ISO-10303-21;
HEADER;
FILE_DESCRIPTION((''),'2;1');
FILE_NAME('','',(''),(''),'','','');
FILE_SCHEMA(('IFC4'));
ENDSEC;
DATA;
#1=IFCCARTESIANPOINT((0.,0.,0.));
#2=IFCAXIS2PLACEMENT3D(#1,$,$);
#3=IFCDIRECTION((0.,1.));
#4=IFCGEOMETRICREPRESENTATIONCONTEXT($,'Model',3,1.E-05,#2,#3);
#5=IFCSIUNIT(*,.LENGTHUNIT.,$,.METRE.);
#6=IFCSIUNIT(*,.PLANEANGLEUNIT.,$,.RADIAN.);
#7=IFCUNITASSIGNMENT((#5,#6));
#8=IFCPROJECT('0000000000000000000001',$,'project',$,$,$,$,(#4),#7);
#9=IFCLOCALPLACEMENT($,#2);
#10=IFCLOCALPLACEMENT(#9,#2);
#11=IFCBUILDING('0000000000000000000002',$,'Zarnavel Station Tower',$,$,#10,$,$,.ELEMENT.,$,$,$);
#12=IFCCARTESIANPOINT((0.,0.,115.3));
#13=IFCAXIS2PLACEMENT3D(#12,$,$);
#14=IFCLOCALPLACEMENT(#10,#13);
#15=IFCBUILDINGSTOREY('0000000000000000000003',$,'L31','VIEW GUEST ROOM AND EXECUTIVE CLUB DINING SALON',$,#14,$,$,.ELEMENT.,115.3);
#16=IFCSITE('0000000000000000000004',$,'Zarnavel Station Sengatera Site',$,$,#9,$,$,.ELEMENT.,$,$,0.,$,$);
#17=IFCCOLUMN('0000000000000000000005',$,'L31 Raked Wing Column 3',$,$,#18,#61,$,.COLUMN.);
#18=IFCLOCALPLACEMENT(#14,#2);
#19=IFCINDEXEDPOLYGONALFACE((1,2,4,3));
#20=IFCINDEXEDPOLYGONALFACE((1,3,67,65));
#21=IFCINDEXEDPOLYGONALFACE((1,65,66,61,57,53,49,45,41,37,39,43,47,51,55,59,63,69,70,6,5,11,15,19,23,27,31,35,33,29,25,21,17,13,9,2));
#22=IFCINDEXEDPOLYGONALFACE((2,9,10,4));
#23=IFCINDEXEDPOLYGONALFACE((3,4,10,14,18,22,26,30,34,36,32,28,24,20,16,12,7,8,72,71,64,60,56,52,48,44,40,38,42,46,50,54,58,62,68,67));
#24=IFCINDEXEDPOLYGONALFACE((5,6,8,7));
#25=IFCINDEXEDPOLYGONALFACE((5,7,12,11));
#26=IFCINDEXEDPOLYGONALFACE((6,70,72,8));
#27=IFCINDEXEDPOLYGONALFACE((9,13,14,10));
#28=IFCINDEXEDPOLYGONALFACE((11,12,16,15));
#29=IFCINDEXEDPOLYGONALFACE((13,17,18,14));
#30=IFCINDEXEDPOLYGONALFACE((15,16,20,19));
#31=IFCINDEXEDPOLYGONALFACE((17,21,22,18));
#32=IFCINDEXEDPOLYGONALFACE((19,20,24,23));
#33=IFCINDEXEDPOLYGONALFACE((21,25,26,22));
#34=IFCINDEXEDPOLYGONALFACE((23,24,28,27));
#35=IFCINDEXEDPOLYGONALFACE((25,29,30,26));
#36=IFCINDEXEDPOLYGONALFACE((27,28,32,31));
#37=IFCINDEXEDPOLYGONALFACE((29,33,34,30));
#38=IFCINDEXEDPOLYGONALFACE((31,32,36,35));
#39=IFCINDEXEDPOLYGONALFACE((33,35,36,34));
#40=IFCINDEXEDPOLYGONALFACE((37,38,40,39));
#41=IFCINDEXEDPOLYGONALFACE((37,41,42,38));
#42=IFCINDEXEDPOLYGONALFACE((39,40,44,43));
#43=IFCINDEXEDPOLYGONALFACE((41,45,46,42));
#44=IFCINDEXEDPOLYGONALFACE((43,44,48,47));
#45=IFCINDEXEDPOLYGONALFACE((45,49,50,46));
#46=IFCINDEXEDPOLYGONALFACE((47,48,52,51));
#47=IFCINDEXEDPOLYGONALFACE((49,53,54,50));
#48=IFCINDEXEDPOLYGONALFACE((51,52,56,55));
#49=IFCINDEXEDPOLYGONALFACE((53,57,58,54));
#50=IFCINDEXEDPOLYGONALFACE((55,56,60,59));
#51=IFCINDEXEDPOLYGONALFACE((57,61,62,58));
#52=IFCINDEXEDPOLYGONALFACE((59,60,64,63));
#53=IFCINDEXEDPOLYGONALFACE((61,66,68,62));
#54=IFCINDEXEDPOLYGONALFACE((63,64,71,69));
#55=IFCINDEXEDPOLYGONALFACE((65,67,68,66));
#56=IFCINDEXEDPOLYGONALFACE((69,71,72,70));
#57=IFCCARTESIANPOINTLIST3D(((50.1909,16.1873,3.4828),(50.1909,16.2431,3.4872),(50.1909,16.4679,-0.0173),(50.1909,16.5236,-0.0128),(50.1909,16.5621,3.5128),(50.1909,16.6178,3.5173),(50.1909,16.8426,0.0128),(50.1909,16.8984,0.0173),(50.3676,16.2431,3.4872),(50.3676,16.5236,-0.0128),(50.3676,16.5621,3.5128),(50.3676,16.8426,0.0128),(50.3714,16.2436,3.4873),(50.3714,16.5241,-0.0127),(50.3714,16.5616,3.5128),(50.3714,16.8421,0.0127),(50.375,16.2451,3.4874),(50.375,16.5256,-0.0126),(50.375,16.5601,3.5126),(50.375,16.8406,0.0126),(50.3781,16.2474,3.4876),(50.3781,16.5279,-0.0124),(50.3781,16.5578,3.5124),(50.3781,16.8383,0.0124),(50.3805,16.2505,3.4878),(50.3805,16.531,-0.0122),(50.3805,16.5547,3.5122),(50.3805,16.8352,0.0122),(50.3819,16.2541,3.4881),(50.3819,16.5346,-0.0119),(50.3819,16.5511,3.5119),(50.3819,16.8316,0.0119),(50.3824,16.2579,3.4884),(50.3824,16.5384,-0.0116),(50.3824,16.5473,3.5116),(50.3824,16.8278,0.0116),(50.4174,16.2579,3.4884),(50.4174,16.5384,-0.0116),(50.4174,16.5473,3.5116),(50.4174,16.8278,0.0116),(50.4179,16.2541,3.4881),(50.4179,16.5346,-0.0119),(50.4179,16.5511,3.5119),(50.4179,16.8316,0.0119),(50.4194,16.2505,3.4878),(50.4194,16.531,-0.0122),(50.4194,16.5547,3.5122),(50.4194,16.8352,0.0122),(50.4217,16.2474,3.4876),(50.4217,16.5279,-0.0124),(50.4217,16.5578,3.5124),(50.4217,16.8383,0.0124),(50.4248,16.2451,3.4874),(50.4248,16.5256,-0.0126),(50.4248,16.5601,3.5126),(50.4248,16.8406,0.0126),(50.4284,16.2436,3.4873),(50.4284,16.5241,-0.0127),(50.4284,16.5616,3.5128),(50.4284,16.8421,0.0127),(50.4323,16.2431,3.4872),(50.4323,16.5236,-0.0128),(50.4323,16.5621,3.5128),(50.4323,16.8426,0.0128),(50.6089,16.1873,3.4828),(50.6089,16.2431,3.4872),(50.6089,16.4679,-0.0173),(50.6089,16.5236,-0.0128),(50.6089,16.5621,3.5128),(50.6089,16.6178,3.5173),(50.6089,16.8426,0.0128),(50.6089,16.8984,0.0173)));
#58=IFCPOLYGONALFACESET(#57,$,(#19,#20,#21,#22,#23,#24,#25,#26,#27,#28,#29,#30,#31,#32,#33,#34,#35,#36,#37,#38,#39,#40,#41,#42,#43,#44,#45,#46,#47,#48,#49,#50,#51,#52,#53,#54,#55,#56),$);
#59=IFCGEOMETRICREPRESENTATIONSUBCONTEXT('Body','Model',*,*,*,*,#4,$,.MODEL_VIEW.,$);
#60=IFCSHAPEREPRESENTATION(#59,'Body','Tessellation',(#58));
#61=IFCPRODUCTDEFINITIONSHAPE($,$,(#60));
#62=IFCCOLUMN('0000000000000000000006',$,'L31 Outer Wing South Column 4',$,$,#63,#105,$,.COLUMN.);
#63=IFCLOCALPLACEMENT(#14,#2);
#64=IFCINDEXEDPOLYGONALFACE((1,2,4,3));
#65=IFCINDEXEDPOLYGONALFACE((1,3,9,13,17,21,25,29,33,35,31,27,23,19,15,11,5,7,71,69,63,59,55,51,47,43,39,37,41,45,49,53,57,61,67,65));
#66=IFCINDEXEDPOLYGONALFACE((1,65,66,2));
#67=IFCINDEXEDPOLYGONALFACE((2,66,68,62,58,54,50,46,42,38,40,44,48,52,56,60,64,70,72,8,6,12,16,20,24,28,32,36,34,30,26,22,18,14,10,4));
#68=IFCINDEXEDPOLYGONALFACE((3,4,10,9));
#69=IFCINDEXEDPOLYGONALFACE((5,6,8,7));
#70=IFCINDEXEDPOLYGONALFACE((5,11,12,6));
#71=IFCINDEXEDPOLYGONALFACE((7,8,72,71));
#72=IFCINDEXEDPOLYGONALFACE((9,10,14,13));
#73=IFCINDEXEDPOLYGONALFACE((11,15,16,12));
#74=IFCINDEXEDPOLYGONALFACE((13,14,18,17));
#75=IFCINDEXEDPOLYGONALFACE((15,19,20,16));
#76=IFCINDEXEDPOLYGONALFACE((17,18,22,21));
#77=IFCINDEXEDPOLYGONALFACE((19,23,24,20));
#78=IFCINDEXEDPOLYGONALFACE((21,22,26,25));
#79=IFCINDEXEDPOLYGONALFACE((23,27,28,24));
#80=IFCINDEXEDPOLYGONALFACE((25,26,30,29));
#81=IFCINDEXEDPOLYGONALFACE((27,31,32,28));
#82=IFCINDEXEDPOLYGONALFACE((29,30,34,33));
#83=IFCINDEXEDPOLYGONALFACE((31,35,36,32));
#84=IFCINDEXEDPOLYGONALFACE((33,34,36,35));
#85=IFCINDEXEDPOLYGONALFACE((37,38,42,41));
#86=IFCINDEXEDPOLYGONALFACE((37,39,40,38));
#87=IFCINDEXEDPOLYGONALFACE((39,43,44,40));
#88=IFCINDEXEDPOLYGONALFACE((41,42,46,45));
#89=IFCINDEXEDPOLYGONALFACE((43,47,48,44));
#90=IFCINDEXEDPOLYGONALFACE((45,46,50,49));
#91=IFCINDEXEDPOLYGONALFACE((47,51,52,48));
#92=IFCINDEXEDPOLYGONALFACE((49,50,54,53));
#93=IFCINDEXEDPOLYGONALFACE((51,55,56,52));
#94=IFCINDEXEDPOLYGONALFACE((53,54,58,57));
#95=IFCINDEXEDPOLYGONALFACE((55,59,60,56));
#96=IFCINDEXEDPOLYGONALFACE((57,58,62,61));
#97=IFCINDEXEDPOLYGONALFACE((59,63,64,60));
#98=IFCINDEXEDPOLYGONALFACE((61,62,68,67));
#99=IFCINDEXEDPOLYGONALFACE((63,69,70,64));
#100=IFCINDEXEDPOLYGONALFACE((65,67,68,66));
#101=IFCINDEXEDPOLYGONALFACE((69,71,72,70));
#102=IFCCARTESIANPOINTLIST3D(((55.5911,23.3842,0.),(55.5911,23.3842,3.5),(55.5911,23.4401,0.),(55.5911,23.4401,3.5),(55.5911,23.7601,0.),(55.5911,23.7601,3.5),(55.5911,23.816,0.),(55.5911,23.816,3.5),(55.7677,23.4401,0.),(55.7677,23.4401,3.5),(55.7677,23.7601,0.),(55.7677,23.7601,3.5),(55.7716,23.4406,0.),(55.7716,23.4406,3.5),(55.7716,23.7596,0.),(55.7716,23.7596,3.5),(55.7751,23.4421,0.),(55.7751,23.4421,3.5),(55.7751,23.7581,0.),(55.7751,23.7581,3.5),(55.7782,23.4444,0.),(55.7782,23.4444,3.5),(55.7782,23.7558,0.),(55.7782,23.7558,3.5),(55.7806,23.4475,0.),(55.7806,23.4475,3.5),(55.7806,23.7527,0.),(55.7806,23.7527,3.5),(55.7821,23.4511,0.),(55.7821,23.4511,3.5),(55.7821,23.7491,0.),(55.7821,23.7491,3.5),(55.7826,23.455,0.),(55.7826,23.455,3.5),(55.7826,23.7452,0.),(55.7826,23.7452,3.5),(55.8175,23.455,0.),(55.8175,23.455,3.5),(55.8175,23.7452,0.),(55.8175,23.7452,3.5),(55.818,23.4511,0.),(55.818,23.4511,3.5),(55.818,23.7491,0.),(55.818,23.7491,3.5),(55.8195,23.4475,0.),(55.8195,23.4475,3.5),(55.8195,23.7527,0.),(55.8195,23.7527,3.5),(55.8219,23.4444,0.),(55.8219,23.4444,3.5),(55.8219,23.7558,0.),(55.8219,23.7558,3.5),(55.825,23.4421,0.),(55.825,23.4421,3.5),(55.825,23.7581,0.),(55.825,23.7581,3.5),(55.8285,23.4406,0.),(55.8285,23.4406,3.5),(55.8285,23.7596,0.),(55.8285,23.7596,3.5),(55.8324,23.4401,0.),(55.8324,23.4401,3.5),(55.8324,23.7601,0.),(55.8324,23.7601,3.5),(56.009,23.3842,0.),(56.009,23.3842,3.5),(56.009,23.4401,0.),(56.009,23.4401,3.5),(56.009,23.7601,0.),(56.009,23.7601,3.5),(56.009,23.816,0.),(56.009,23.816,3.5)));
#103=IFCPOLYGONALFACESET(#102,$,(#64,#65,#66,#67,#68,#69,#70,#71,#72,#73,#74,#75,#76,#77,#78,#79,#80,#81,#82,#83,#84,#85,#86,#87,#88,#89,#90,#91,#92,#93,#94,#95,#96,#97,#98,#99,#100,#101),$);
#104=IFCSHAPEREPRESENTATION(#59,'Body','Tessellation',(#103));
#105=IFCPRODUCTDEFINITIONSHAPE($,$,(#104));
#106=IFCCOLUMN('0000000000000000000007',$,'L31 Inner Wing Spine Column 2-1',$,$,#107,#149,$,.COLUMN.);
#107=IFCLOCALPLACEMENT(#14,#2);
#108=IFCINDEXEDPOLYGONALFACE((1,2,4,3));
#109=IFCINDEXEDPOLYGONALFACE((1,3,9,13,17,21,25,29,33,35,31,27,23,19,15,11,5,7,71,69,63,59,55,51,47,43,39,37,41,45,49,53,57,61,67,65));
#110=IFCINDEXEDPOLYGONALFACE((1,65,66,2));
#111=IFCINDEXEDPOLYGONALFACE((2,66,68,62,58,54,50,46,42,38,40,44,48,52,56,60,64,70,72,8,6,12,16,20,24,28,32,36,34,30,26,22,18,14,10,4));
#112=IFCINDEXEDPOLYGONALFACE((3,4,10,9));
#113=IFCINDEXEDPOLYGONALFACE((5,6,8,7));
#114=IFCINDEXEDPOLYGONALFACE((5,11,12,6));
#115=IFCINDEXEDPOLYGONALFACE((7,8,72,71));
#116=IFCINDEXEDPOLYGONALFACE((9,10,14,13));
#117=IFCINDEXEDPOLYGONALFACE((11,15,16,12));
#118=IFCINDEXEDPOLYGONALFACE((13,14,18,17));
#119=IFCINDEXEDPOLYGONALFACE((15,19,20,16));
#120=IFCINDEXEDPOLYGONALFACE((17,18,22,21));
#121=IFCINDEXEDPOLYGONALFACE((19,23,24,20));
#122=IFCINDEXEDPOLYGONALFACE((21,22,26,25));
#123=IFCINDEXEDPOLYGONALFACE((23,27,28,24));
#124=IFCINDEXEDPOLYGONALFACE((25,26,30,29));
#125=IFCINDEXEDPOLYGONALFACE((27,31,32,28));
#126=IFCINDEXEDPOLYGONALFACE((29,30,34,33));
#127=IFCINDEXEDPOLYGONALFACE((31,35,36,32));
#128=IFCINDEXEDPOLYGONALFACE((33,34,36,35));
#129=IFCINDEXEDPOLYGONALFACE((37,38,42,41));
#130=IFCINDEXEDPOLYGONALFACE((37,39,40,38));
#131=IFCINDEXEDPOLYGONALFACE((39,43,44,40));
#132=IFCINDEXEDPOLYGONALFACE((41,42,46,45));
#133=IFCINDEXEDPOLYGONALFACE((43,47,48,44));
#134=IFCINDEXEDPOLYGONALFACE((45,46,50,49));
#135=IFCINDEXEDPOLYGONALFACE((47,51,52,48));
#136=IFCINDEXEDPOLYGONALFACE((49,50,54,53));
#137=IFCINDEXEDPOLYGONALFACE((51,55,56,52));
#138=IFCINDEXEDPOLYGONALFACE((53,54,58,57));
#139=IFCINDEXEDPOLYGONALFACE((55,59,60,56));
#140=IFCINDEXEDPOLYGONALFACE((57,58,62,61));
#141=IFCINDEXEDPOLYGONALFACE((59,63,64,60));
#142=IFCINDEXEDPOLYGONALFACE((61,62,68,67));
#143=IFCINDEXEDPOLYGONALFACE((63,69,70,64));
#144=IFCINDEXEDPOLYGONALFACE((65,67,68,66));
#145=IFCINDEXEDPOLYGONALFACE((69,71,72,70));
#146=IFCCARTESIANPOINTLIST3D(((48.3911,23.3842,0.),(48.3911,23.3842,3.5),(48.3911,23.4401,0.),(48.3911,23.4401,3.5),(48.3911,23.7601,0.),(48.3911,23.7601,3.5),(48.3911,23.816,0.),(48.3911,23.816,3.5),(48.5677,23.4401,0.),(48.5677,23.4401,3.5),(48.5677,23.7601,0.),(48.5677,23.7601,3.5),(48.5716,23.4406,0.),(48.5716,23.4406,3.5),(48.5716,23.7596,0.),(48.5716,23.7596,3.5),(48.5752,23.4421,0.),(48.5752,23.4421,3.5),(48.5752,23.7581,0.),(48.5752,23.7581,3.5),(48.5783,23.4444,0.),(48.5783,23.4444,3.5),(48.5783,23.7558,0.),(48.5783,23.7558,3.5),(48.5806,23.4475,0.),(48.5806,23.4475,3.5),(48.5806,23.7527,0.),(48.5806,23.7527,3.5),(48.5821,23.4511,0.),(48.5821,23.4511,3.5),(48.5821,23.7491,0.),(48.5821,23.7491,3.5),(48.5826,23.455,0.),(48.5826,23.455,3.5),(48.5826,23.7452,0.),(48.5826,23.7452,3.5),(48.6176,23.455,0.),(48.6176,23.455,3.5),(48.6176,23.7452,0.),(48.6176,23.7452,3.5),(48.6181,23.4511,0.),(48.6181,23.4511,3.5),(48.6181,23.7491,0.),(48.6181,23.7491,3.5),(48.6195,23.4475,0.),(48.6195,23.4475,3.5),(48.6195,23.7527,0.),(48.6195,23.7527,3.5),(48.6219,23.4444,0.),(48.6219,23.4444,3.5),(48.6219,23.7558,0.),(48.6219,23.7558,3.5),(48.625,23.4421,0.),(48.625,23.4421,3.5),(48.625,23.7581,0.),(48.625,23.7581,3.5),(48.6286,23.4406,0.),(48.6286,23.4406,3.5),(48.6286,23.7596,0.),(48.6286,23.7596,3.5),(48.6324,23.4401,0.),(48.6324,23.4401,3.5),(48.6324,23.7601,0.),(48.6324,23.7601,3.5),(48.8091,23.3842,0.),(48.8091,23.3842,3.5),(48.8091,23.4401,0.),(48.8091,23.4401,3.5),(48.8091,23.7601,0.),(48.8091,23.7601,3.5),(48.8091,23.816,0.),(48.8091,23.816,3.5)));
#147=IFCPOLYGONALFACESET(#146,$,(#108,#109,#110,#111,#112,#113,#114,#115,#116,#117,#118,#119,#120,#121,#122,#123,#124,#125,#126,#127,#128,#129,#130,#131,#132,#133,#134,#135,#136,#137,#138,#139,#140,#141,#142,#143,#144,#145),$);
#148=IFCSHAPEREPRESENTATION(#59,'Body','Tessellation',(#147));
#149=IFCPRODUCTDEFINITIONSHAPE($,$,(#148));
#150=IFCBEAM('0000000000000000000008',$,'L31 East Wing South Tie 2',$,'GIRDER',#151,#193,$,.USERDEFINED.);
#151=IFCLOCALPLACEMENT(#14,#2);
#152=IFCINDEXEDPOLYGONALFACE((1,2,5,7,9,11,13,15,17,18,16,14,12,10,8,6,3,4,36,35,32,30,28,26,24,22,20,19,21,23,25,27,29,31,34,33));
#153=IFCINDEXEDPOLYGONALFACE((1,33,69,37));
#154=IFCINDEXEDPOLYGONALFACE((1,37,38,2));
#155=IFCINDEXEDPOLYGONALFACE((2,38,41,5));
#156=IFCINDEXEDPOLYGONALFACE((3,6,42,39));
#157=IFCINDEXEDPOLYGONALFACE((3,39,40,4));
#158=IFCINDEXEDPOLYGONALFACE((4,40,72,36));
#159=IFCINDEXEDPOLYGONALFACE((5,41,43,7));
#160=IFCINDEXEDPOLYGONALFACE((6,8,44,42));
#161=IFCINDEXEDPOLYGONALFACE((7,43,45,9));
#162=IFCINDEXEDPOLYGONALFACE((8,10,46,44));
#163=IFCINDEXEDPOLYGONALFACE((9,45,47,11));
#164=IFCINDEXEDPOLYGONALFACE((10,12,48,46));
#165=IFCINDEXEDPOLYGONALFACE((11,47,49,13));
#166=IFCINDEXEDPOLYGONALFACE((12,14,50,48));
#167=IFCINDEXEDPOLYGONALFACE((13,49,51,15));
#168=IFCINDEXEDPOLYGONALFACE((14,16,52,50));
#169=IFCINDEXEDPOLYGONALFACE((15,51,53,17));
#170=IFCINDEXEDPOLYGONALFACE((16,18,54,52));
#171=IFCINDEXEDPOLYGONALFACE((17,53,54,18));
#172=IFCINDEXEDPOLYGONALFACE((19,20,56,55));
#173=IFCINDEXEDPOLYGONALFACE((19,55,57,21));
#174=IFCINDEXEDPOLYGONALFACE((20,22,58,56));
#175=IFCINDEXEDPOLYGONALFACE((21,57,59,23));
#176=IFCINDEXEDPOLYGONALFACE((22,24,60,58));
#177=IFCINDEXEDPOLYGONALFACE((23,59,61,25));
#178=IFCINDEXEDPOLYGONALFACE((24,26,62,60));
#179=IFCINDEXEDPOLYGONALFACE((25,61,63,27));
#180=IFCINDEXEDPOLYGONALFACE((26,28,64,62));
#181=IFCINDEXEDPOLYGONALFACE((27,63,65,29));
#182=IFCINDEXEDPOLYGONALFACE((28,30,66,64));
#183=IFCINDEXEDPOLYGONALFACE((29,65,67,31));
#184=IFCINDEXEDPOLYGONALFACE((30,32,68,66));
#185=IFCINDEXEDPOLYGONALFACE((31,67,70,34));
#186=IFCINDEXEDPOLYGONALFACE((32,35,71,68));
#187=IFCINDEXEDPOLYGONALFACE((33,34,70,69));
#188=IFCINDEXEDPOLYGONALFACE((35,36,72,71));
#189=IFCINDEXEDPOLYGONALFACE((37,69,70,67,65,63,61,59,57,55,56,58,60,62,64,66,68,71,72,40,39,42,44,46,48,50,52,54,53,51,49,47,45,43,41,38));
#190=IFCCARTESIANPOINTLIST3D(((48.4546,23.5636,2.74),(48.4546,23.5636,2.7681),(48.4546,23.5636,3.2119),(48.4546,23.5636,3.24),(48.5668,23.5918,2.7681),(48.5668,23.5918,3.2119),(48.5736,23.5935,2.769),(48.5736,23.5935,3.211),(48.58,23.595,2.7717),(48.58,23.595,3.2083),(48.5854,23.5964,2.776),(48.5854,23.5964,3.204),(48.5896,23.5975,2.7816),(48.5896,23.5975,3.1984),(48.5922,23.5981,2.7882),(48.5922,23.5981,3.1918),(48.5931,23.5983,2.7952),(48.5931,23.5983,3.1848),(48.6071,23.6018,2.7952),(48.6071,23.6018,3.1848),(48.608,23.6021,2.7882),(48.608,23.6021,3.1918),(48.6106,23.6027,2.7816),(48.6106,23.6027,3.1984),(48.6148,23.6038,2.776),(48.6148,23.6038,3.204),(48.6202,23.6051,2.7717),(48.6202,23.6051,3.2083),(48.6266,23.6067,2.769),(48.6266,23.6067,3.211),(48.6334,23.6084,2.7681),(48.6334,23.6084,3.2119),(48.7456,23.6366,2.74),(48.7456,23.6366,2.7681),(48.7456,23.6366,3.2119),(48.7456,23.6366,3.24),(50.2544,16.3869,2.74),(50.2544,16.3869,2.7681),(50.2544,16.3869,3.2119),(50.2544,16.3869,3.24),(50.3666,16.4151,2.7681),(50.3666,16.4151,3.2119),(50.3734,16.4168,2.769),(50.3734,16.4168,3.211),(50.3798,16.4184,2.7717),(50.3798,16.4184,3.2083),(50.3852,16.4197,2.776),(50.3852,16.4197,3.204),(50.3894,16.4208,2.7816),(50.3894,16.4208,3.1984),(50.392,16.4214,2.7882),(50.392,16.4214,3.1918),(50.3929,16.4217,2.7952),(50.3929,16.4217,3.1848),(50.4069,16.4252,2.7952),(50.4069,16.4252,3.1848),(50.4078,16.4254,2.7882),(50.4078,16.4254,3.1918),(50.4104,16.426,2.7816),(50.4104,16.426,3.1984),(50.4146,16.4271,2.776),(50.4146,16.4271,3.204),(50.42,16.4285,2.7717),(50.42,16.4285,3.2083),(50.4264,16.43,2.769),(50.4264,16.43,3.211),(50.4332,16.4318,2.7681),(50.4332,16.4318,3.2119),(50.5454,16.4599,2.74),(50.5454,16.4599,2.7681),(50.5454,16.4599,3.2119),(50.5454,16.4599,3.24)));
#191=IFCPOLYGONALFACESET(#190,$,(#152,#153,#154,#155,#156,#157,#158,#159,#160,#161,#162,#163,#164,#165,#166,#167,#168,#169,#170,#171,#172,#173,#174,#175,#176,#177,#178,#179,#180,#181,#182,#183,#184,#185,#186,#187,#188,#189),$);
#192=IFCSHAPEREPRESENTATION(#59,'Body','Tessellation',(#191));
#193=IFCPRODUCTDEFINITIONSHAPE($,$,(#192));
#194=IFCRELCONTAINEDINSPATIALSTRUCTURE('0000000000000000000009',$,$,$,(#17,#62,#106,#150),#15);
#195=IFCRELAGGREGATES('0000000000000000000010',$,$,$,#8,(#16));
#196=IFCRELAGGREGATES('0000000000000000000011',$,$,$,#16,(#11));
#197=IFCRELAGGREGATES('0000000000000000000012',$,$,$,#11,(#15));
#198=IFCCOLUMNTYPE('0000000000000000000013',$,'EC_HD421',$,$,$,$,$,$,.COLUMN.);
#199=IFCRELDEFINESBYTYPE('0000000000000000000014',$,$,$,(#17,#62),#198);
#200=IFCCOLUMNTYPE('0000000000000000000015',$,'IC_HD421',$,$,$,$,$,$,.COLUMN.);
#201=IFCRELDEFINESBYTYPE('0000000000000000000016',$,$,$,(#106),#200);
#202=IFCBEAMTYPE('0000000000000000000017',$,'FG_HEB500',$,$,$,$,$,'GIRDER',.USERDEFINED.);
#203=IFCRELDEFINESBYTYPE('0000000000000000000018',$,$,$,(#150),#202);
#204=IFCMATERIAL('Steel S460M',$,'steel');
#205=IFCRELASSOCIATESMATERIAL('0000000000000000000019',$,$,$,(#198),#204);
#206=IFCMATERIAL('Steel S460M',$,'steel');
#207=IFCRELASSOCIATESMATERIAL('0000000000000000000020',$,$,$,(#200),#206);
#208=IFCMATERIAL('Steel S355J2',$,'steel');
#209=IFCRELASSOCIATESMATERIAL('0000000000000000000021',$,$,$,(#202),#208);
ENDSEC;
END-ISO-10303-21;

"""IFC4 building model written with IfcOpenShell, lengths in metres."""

from ifc_helpers import new_model, si_unit, direction, frame, origin, origin_2d, place, context, subcontext, project, spatial, i_section, extrude, material, material_profile, profile_set, type_object, element, save


model = new_model("IFC4")

# Units and contexts
model_context = context("Model", 3, precision=1e-05, world=origin(), true_north=direction((0.0, 1.0)))
body_context = subcontext(model_context, "Body", "Model", "MODEL_VIEW")
ifc_project = project(units=[si_unit("LENGTHUNIT", "METRE"), si_unit("PLANEANGLEUNIT", "RADIAN")], contexts=[model_context])

# Site, building, storey
site_placement = place(None, origin())
site = spatial("IfcSite", under=ifc_project, at=site_placement, Name="Zarnavel Station Sengatera Site", CompositionType="ELEMENT", RefElevation=0.0)
building_placement = place(site_placement, origin())
building = spatial("IfcBuilding", under=site, at=building_placement, Name="Zarnavel Station Tower", CompositionType="ELEMENT")
storey_placement = place(building_placement, frame((0.0, 0.0, 115.3)))
storey = spatial("IfcBuildingStorey", under=building, at=storey_placement, Name="L31", Description="VIEW GUEST ROOM AND EXECUTIVE CLUB DINING SALON", CompositionType="ELEMENT", Elevation=115.3)

# Columns
ifc_material_1 = material(Name="Steel S460M", Category="steel")
ifc_material_profile_1 = material_profile(ifc_material_1, i_section(OverallWidth=0.418, OverallDepth=0.4319, WebThickness=0.0349, FlangeThickness=0.0559, FilletRadius=0.0149, at=origin_2d()), Name="HD400x421")
ifc_profile_set_1 = profile_set([ifc_material_profile_1], Name="Steel S460M")
column_type_1 = type_object("IfcColumnType", Name="EC_HD421", PredefinedType="COLUMN", material=ifc_profile_set_1)
column_1_placement = place(storey_placement, frame((50.3999, 16.6831, 0.0), z_axis=(0.0, -0.079892, 0.996804), x_axis=(1.0, 0.0, 0.0)))
element("IfcColumn", 1, at=column_1_placement, inside=storey, type_object=column_type_1, Name="L31 Raked Wing Column 3", PredefinedType="COLUMN", context=body_context, shape_type="SweptSolid", body=[
    extrude(i_section(OverallWidth=0.418, OverallDepth=0.4319, WebThickness=0.0349, FlangeThickness=0.0559, FilletRadius=0.0149, at=origin_2d()), origin(), (0.0, 0.0, 1.0), 3.5112),
])
column_2_placement = place(storey_placement, frame((55.8, 23.6001, 0.0), z_axis=(0.0, 0.0, 1.0), x_axis=(1.0, 0.0, 0.0)))
element("IfcColumn", 2, at=column_2_placement, inside=storey, type_object=column_type_1, Name="L31 Outer Wing South Column 4", PredefinedType="COLUMN", context=body_context, shape_type="SweptSolid", body=[
    extrude(i_section(OverallWidth=0.418, OverallDepth=0.4319, WebThickness=0.0349, FlangeThickness=0.0559, FilletRadius=0.0149, at=origin_2d()), origin(), (0.0, 0.0, 1.0), 3.5),
])
ifc_material_2 = material(Name="Steel S460M", Category="steel")
ifc_material_profile_2 = material_profile(ifc_material_2, i_section(OverallWidth=0.418, OverallDepth=0.4319, WebThickness=0.0349, FlangeThickness=0.0559, FilletRadius=0.0149, at=origin_2d()), Name="HD400x421")
ifc_profile_set_2 = profile_set([ifc_material_profile_2], Name="Steel S460M")
column_type_2 = type_object("IfcColumnType", Name="IC_HD421", PredefinedType="COLUMN", material=ifc_profile_set_2)
column_3_placement = place(storey_placement, frame((48.6001, 23.6001, 0.0), z_axis=(0.0, 0.0, 1.0), x_axis=(1.0, 0.0, 0.0)))
element("IfcColumn", 3, at=column_3_placement, inside=storey, type_object=column_type_2, Name="L31 Inner Wing Spine Column 2-1", PredefinedType="COLUMN", context=body_context, shape_type="SweptSolid", body=[
    extrude(i_section(OverallWidth=0.418, OverallDepth=0.4319, WebThickness=0.0349, FlangeThickness=0.0559, FilletRadius=0.0149, at=origin_2d()), origin(), (0.0, 0.0, 1.0), 3.5),
])

# Beam
ifc_material_3 = material(Name="Steel S355J2", Category="steel")
ifc_material_profile_3 = material_profile(ifc_material_3, i_section(OverallWidth=0.3, OverallDepth=0.5, WebThickness=0.0144, FlangeThickness=0.0281, FilletRadius=0.0271, at=origin_2d()), Name="HEB500")
ifc_profile_set_3 = profile_set([ifc_material_profile_3], Name="Steel S355J2")
beam_type_1 = type_object("IfcBeamType", Name="FG_HEB500", ElementType="GIRDER", PredefinedType="USERDEFINED", material=ifc_profile_set_3)
beam_1_placement = place(storey_placement, frame((48.6001, 23.6001, 2.99), z_axis=(0.24325, -0.969964, 0.0), x_axis=(0.969964, 0.24325, 0.0)))
element("IfcBeam", 4, at=beam_1_placement, inside=storey, type_object=beam_type_1, Name="L31 East Wing South Tie 2", ObjectType="GIRDER", PredefinedType="USERDEFINED", context=body_context, shape_type="SweptSolid", body=[
    extrude(i_section(OverallWidth=0.3, OverallDepth=0.5, WebThickness=0.0144, FlangeThickness=0.0281, FilletRadius=0.0271, at=origin_2d()), origin(), (0.0, 0.0, 1.0), 7.3989),
])

save(model, "model.ifc")
